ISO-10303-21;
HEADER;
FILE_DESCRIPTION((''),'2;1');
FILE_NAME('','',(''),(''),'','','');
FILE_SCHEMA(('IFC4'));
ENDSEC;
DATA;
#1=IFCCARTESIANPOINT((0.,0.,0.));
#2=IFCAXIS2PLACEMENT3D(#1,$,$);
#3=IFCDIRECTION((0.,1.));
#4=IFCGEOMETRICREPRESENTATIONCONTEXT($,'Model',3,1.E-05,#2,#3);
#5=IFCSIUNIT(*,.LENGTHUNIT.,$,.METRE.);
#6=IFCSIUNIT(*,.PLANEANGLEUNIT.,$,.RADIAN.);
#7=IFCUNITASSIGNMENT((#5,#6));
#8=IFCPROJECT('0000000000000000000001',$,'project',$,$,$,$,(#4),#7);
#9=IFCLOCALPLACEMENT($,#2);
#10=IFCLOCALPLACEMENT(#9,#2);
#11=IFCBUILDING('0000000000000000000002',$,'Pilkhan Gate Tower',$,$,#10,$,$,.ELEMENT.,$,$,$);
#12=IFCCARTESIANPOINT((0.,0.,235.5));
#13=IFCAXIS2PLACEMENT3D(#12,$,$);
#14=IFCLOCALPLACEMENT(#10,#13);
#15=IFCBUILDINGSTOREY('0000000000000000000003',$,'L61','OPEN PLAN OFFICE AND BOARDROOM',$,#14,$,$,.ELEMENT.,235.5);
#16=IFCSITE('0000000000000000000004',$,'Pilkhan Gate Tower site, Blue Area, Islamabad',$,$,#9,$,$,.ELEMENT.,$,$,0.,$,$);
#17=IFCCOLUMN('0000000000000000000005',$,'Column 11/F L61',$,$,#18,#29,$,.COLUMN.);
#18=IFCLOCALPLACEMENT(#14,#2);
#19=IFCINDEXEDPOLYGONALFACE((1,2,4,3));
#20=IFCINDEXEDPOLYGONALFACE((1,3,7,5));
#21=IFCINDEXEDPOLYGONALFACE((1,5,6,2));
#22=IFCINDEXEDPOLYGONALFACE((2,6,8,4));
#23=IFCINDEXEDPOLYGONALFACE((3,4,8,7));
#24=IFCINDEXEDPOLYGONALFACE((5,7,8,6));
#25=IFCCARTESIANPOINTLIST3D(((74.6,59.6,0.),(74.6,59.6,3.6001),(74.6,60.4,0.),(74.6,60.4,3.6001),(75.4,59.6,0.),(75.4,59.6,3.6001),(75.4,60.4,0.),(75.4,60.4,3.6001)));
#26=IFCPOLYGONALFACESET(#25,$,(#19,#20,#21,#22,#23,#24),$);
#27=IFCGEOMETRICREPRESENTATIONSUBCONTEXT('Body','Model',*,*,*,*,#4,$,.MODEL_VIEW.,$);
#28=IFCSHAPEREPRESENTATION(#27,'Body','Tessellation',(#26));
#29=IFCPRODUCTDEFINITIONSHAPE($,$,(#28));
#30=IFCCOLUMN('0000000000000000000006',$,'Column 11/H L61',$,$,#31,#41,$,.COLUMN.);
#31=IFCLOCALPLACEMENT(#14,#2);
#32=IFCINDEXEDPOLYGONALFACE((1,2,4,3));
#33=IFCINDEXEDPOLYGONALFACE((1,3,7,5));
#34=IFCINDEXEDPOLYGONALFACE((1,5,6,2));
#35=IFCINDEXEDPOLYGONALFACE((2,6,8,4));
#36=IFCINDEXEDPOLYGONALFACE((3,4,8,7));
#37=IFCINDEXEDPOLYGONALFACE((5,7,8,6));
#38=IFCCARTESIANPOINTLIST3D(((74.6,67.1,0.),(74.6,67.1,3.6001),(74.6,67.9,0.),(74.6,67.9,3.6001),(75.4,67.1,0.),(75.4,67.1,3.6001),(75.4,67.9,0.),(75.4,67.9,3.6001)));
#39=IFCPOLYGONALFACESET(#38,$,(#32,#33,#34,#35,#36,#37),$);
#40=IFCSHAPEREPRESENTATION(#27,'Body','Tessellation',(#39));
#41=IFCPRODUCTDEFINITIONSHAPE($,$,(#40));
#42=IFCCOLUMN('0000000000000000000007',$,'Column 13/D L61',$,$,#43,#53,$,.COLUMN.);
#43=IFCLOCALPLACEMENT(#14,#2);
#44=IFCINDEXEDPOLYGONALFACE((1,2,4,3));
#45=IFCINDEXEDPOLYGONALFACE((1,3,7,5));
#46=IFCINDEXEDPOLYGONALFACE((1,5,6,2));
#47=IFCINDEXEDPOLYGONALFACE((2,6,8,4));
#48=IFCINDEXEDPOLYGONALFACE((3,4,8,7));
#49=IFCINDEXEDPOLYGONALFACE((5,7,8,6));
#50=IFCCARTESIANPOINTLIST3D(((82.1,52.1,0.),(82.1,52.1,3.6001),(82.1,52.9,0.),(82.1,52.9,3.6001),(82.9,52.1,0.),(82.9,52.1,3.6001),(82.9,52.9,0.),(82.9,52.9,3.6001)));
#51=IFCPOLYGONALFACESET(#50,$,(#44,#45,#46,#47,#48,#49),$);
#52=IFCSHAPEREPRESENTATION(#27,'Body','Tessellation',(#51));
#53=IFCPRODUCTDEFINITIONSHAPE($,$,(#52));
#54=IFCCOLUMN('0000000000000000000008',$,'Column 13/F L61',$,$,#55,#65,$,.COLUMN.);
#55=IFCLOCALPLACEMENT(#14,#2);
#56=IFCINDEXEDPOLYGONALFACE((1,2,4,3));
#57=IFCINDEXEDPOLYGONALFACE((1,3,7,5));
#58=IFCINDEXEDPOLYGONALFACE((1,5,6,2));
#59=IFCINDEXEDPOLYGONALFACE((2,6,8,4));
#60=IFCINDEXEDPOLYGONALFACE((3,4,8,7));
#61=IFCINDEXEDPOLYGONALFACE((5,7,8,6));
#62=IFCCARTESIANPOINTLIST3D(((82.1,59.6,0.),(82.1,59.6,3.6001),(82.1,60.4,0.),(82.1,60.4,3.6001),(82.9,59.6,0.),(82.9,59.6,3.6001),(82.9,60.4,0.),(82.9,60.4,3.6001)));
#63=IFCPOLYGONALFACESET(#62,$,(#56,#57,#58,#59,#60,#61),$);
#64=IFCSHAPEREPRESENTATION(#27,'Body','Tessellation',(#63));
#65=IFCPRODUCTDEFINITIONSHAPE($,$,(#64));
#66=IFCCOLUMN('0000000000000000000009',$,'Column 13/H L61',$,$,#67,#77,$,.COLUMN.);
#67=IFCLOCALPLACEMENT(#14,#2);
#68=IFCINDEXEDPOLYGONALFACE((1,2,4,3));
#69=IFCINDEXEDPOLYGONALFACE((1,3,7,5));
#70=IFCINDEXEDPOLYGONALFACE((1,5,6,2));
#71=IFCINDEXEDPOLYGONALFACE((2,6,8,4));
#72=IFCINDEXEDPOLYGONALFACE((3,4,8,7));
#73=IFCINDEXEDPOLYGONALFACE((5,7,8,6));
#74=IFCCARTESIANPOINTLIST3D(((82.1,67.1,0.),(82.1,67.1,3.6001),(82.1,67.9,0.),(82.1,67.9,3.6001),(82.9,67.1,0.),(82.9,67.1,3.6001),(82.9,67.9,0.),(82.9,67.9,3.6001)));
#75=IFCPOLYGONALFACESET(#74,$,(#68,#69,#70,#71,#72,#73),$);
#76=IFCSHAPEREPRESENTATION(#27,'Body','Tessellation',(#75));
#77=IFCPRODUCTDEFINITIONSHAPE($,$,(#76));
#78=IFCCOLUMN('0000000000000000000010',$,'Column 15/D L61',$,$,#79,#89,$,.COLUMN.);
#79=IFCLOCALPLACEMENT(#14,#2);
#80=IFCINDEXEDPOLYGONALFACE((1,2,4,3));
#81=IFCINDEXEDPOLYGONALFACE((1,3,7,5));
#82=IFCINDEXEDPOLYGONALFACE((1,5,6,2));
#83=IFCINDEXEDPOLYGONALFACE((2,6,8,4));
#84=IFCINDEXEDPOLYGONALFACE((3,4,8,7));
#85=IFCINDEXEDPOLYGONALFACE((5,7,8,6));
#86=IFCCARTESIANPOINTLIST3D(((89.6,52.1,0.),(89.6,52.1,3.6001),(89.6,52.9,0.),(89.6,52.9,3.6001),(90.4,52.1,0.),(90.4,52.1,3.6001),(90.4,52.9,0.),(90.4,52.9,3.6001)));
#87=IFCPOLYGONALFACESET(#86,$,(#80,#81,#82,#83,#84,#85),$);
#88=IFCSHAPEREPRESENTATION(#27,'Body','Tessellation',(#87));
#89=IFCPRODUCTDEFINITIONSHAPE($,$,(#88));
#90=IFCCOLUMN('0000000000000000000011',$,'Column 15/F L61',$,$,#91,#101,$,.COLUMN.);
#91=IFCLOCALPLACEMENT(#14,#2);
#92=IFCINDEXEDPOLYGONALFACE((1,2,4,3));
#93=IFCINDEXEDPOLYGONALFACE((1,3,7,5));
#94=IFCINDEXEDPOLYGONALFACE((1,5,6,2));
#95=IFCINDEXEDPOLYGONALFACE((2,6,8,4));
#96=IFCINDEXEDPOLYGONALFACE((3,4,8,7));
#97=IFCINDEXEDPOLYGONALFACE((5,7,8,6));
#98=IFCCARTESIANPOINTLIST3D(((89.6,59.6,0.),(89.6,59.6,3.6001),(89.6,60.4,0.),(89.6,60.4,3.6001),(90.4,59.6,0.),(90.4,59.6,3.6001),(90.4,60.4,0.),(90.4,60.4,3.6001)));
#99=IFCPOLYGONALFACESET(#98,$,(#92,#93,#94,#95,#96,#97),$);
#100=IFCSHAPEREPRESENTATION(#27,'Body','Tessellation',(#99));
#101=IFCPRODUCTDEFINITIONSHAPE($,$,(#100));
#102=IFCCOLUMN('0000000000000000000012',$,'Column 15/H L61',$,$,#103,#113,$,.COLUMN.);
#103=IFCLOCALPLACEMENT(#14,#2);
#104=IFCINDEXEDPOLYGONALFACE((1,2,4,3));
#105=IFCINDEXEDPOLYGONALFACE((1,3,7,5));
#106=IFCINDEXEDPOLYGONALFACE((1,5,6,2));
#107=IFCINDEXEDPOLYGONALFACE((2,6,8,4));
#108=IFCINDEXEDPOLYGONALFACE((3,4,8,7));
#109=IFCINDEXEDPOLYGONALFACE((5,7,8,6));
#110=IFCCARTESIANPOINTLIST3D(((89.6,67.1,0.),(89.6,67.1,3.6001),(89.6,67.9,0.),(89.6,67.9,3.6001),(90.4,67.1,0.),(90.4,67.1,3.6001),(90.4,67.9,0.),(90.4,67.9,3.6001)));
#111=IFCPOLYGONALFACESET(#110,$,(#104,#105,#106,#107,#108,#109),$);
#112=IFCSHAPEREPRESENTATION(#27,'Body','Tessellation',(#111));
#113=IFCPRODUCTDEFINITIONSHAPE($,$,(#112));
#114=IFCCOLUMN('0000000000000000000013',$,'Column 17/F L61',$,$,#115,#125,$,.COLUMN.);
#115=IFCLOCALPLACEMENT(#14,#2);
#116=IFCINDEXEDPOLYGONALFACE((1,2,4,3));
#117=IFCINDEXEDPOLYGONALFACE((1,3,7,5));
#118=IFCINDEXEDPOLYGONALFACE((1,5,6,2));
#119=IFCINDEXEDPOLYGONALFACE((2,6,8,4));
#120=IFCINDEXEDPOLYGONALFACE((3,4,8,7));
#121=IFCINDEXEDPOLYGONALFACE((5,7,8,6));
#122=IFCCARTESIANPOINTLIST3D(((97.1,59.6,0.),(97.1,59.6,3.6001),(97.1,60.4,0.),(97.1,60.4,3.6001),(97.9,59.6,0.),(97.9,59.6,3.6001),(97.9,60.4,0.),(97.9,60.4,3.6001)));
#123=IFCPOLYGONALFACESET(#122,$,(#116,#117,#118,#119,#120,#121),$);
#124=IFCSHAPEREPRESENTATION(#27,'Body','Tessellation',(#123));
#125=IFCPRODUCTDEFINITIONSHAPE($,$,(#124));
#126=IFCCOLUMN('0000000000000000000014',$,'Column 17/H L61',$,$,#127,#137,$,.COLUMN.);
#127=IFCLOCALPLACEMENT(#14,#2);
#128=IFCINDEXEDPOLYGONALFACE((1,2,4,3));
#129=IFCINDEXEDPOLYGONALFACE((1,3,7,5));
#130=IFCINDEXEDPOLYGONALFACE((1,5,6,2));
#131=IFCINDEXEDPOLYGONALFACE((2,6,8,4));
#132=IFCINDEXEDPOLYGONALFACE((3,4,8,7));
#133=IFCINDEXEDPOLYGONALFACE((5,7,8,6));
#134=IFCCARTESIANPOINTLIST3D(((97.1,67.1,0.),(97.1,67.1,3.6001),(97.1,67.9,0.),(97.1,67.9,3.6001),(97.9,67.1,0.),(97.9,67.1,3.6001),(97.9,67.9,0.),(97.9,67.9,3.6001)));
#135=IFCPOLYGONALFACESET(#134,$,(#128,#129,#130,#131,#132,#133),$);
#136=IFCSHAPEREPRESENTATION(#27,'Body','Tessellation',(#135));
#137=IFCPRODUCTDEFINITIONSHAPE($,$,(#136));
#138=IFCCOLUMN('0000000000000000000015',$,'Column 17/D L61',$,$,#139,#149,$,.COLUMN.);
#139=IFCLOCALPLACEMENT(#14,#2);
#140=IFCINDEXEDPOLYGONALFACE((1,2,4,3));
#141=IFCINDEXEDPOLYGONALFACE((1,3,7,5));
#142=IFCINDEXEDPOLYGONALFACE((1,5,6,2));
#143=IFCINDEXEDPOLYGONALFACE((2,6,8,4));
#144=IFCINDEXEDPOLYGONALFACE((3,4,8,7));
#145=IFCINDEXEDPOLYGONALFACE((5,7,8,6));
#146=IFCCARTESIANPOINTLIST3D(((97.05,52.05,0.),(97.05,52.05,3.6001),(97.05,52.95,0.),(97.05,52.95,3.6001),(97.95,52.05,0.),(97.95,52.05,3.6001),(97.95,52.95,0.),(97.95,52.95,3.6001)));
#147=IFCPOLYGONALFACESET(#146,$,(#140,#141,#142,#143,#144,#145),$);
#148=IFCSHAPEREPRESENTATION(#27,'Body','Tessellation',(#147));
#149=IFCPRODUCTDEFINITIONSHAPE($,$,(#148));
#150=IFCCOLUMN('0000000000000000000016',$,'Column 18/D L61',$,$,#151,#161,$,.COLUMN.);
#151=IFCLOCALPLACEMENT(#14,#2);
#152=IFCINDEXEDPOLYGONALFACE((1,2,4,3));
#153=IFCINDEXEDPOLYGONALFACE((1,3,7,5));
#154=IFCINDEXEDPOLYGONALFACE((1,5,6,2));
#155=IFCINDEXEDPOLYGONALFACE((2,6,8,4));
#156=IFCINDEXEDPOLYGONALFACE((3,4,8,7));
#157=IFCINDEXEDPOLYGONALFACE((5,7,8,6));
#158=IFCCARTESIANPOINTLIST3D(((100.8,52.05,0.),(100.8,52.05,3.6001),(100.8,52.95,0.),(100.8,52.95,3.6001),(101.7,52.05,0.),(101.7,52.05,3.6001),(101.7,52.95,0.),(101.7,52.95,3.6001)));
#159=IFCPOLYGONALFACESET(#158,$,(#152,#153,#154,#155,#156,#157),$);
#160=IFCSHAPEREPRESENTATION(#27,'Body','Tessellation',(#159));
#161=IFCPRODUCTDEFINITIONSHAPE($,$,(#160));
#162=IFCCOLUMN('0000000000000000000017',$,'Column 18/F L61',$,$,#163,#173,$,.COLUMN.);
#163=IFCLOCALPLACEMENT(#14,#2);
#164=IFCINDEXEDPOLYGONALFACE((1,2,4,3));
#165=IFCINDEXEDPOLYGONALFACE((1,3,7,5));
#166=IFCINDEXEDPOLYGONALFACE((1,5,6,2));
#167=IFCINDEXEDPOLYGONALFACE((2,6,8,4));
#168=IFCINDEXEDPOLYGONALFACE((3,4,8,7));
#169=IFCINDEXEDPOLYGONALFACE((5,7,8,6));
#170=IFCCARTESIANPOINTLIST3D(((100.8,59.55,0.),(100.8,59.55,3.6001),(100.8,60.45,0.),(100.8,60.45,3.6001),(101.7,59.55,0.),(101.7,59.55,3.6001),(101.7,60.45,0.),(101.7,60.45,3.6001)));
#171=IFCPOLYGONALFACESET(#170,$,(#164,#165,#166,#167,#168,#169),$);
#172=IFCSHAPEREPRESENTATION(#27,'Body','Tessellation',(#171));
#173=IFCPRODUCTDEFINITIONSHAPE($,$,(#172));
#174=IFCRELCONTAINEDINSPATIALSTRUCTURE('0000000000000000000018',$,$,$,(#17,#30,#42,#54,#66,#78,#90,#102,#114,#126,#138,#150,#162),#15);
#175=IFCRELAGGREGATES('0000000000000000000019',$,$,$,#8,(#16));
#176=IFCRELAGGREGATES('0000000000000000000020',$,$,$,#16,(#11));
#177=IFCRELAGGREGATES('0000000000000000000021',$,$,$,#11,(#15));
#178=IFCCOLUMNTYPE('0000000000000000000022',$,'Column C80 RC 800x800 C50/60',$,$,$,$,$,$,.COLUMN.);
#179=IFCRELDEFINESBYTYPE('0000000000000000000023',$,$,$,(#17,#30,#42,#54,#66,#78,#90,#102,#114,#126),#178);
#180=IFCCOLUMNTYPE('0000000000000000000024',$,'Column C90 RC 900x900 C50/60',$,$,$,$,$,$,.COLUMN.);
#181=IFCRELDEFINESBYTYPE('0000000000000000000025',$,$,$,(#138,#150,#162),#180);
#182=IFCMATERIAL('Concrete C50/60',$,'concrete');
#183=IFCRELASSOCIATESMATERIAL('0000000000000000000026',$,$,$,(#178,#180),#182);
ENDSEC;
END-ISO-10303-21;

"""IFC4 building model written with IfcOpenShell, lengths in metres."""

from ifc_helpers import new_model, si_unit, direction, frame, origin, origin_2d, place, context, subcontext, project, spatial, rectangle, extrude, material, material_profile, profile_set, type_object, element, save


model = new_model("IFC4")

# Units and contexts
model_context = context("Model", 3, precision=1e-05, world=origin(), true_north=direction((0.0, 1.0)))
body_context = subcontext(model_context, "Body", "Model", "MODEL_VIEW")
ifc_project = project(units=[si_unit("LENGTHUNIT", "METRE"), si_unit("PLANEANGLEUNIT", "RADIAN")], contexts=[model_context])

# Site, building, storey
site_placement = place(None, origin())
site = spatial("IfcSite", under=ifc_project, at=site_placement, Name="Pilkhan Gate Tower site, Blue Area, Islamabad", CompositionType="ELEMENT", RefElevation=0.0)
building_placement = place(site_placement, origin())
building = spatial("IfcBuilding", under=site, at=building_placement, Name="Pilkhan Gate Tower", CompositionType="ELEMENT")
storey_placement = place(building_placement, frame((0.0, 0.0, 235.5)))
storey = spatial("IfcBuildingStorey", under=building, at=storey_placement, Name="L61", Description="OPEN PLAN OFFICE AND BOARDROOM", CompositionType="ELEMENT", Elevation=235.5)

# Columns
ifc_material_1 = material(Name="Concrete C50/60", Category="concrete")
ifc_material_profile_1 = material_profile(ifc_material_1, rectangle(XDim=0.8, YDim=0.8, at=origin_2d()), Name="RC 800x800")
ifc_profile_set_1 = profile_set([ifc_material_profile_1], Name="Concrete C50/60")
column_type_1 = type_object("IfcColumnType", Name="Column C80 RC 800x800 C50/60", PredefinedType="COLUMN", material=ifc_profile_set_1)
for number, where, z_axis, x_axis, name in (
    (1, (75.0, 60.0, 0.0), (0.0, 0.0, 1.0), (1.0, 0.0, 0.0), "Column 11/F L61"),
    (2, (75.0, 67.5, 0.0), (0.0, 0.0, 1.0), (1.0, 0.0, 0.0), "Column 11/H L61"),
    (3, (82.5, 52.5, 0.0), (0.0, 0.0, 1.0), (1.0, 0.0, 0.0), "Column 13/D L61"),
    (4, (82.5, 60.0, 0.0), (0.0, 0.0, 1.0), (1.0, 0.0, 0.0), "Column 13/F L61"),
    (5, (82.5, 67.5, 0.0), (0.0, 0.0, 1.0), (1.0, 0.0, 0.0), "Column 13/H L61"),
    (6, (90.0, 52.5, 0.0), (0.0, 0.0, 1.0), (1.0, 0.0, 0.0), "Column 15/D L61"),
    (7, (90.0, 60.0, 0.0), (0.0, 0.0, 1.0), (1.0, 0.0, 0.0), "Column 15/F L61"),
    (8, (90.0, 67.5, 0.0), (0.0, 0.0, 1.0), (1.0, 0.0, 0.0), "Column 15/H L61"),
    (9, (97.5, 60.0, 0.0), (0.0, 0.0, 1.0), (1.0, 0.0, 0.0), "Column 17/F L61"),
    (10, (97.5, 67.5, 0.0), (0.0, 0.0, 1.0), (1.0, 0.0, 0.0), "Column 17/H L61"),
):
    element("IfcColumn", number, at=place(storey_placement, frame(where, z_axis=z_axis, x_axis=x_axis)), inside=storey, type_object=column_type_1, Name=name, PredefinedType="COLUMN", context=body_context, shape_type="SweptSolid", body=[
        extrude(rectangle(XDim=0.8, YDim=0.8, at=origin_2d()), origin(), (0.0, 0.0, 1.0), 3.6001),
    ])
ifc_material_profile_2 = material_profile(ifc_material_1, rectangle(XDim=0.8999, YDim=0.8999, at=origin_2d()), Name="RC 900x900")
ifc_profile_set_2 = profile_set([ifc_material_profile_2], Name="Concrete C50/60")
column_type_2 = type_object("IfcColumnType", Name="Column C90 RC 900x900 C50/60", PredefinedType="COLUMN", material=ifc_profile_set_2)
for number, where, z_axis, x_axis, name in (
    (11, (97.5, 52.5, 0.0), (0.0, 0.0, 1.0), (1.0, 0.0, 0.0), "Column 17/D L61"),
    (12, (101.25, 52.5, 0.0), (0.0, 0.0, 1.0), (1.0, 0.0, 0.0), "Column 18/D L61"),
    (13, (101.25, 60.0, 0.0), (0.0, 0.0, 1.0), (1.0, 0.0, 0.0), "Column 18/F L61"),
):
    element("IfcColumn", number, at=place(storey_placement, frame(where, z_axis=z_axis, x_axis=x_axis)), inside=storey, type_object=column_type_2, Name=name, PredefinedType="COLUMN", context=body_context, shape_type="SweptSolid", body=[
        extrude(rectangle(XDim=0.8999, YDim=0.8999, at=origin_2d()), origin(), (0.0, 0.0, 1.0), 3.6001),
    ])

save(model, "model.ifc")
